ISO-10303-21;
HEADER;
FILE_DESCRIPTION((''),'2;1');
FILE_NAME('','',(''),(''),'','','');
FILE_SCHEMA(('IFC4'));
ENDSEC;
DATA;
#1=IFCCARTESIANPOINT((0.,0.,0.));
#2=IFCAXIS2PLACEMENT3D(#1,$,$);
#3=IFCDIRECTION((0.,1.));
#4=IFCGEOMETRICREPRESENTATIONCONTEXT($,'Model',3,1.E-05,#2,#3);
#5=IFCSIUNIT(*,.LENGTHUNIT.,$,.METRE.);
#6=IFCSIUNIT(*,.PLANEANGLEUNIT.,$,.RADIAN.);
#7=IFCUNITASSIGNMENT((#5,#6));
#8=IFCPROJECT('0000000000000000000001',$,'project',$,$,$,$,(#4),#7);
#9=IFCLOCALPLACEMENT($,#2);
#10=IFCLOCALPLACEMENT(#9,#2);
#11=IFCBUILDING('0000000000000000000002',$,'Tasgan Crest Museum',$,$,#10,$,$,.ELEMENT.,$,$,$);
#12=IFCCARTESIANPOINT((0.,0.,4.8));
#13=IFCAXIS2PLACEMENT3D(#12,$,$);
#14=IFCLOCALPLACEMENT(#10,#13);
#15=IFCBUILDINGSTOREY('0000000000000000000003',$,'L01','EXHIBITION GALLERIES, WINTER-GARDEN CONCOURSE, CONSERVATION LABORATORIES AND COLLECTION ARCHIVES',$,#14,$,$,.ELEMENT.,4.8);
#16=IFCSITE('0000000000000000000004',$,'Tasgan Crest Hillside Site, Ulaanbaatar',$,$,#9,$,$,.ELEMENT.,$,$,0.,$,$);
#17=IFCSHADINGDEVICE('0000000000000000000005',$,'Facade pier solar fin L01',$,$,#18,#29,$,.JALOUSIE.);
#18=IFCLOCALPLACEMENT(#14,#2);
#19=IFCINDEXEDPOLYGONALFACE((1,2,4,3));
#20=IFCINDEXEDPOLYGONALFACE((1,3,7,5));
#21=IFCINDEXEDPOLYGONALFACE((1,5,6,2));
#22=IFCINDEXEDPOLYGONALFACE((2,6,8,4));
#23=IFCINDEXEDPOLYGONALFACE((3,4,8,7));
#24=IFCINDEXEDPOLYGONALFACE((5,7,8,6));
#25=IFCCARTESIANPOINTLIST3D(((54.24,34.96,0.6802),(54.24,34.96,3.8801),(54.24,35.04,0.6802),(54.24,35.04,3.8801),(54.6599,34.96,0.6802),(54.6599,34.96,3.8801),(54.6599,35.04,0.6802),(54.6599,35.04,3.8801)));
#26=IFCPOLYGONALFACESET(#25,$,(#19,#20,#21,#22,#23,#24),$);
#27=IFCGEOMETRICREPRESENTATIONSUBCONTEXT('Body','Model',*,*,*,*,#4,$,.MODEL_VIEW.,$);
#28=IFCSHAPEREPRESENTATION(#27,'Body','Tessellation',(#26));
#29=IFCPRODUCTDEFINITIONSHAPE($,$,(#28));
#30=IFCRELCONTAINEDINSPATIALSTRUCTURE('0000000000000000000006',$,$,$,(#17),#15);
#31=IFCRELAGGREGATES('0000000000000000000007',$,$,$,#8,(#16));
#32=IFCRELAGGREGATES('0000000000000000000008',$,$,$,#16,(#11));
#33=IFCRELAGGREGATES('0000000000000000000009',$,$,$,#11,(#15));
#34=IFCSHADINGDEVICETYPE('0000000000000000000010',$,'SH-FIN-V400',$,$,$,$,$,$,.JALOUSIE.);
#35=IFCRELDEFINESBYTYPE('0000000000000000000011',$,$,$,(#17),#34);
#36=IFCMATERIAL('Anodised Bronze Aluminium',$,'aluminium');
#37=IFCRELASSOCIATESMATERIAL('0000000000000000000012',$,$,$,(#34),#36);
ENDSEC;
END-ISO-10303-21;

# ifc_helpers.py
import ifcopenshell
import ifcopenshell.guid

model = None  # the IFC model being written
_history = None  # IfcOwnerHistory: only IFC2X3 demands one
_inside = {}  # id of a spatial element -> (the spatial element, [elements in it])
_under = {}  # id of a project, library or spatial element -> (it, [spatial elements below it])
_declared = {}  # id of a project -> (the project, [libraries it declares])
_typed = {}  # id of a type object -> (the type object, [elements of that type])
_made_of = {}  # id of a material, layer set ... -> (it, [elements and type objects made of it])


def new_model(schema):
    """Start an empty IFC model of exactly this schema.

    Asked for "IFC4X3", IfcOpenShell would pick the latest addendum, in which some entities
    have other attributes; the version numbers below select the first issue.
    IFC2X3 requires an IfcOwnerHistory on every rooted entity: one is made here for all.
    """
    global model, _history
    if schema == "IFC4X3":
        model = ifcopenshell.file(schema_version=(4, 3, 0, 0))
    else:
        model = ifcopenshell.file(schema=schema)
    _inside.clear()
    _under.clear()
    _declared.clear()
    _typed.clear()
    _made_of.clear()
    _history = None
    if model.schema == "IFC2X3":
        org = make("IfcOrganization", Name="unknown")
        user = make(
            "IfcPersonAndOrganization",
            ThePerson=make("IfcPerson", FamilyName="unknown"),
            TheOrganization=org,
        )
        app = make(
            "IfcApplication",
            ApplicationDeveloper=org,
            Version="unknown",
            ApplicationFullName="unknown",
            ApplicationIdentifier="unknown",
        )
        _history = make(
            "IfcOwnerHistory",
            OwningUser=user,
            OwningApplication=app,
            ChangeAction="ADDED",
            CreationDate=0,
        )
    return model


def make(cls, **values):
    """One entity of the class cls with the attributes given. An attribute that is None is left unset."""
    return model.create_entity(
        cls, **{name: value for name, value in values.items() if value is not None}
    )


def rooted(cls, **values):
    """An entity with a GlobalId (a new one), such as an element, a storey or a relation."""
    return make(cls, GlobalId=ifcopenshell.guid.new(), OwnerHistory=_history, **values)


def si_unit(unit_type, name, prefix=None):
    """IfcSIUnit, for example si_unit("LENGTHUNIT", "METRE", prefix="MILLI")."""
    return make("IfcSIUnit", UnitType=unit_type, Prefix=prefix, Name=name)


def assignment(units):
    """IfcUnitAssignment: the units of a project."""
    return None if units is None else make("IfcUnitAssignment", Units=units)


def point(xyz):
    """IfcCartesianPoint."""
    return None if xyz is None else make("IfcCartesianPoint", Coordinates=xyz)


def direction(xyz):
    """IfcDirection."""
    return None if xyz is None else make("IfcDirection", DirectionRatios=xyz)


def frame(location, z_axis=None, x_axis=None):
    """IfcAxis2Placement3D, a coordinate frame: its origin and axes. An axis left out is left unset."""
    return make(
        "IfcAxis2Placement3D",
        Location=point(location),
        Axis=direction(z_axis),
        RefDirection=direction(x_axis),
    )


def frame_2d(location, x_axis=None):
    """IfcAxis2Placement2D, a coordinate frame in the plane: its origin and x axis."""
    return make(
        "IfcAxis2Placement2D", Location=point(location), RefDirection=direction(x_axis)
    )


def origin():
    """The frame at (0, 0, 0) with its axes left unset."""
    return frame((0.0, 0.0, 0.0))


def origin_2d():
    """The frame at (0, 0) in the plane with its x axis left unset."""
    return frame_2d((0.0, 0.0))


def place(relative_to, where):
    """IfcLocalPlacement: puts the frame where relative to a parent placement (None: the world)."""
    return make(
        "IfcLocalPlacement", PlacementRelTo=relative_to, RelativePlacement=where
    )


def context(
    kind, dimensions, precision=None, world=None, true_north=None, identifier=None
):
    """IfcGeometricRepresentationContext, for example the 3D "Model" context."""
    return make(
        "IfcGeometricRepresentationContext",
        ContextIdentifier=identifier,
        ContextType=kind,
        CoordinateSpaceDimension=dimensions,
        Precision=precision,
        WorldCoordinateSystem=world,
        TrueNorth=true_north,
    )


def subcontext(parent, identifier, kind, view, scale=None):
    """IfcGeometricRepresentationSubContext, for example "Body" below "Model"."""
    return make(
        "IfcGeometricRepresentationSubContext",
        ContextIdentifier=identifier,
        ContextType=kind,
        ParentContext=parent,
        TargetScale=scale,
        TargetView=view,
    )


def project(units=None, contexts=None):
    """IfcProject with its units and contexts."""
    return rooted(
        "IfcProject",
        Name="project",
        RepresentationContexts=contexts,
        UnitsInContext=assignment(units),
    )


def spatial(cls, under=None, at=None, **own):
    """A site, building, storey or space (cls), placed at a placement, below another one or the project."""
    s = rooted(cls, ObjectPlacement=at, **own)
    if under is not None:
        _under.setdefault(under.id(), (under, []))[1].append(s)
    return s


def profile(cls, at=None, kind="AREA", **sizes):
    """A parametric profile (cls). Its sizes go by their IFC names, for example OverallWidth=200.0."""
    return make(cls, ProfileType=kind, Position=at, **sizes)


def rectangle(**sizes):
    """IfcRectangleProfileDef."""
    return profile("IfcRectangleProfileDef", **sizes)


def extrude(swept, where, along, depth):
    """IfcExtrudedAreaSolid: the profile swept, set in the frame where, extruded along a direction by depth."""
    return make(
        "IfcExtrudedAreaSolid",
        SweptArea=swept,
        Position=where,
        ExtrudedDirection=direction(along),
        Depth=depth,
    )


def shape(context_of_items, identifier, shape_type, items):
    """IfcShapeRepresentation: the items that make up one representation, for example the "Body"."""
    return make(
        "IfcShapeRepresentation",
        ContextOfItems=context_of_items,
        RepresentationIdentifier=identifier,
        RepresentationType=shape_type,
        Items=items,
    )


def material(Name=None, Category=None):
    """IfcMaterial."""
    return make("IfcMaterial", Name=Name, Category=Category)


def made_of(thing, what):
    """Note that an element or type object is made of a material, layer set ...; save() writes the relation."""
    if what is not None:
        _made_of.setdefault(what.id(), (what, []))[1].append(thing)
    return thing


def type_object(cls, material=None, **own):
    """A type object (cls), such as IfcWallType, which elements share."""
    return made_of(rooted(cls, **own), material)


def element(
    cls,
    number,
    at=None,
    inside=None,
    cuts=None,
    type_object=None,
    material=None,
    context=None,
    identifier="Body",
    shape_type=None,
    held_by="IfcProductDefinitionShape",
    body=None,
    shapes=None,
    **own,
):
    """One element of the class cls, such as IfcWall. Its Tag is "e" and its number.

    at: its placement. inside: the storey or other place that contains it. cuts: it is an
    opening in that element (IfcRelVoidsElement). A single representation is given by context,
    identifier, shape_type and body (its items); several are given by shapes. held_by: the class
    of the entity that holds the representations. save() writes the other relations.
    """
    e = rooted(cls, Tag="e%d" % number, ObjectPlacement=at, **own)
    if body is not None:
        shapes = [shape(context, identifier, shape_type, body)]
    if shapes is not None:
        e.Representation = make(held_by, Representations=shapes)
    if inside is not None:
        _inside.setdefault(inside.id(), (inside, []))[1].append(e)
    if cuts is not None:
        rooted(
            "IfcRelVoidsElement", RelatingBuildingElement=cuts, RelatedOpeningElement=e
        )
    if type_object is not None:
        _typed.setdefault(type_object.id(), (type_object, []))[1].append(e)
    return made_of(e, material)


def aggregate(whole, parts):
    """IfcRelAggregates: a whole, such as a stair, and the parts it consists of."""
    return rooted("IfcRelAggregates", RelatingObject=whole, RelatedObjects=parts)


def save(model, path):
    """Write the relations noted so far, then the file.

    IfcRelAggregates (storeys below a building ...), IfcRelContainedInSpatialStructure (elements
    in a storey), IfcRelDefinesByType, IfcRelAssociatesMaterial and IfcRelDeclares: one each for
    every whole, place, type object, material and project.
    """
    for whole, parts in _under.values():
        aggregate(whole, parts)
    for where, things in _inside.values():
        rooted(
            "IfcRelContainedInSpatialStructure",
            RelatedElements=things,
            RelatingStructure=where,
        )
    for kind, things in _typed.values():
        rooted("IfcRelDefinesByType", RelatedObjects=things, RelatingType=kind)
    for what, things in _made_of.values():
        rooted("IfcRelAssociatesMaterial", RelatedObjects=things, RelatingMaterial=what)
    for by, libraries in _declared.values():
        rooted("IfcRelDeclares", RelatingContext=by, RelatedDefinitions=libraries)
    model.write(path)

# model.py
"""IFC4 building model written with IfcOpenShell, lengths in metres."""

from ifc_helpers import new_model, si_unit, direction, frame, origin, origin_2d, place, context, subcontext, project, spatial, rectangle, extrude, material, type_object, element, save


model = new_model("IFC4")

# Units and contexts
model_context = context("Model", 3, precision=1e-05, world=origin(), true_north=direction((0.0, 1.0)))
body_context = subcontext(model_context, "Body", "Model", "MODEL_VIEW")
ifc_project = project(units=[si_unit("LENGTHUNIT", "METRE"), si_unit("PLANEANGLEUNIT", "RADIAN")], contexts=[model_context])

# Site, building, storey
site_placement = place(None, origin())
site = spatial("IfcSite", under=ifc_project, at=site_placement, Name="Tasgan Crest Hillside Site, Ulaanbaatar", CompositionType="ELEMENT", RefElevation=0.0)
building_placement = place(site_placement, origin())
building = spatial("IfcBuilding", under=site, at=building_placement, Name="Tasgan Crest Museum", CompositionType="ELEMENT")
storey_placement = place(building_placement, frame((0.0, 0.0, 4.8)))
storey = spatial("IfcBuildingStorey", under=building, at=storey_placement, Name="L01", Description="EXHIBITION GALLERIES, WINTER-GARDEN CONCOURSE, CONSERVATION LABORATORIES AND COLLECTION ARCHIVES", CompositionType="ELEMENT", Elevation=4.8)

# Shading device
ifc_material_1 = material(Name="Anodised Bronze Aluminium", Category="aluminium")
shading_device_type = type_object("IfcShadingDeviceType", Name="SH-FIN-V400", PredefinedType="JALOUSIE", material=ifc_material_1)
shading_device_placement = place(storey_placement, frame((54.45, 35.0, 0.6802), z_axis=(0.0, 0.0, 1.0), x_axis=(0.0, 1.0, 0.0)))
element("IfcShadingDevice", 1, at=shading_device_placement, inside=storey, type_object=shading_device_type, Name="Facade pier solar fin L01", PredefinedType="JALOUSIE", context=body_context, shape_type="SweptSolid", body=[
    extrude(rectangle(XDim=0.0801, YDim=0.4199, at=origin_2d()), origin(), (0.0, 0.0, 1.0), 3.2),
])

save(model, "model.ifc")
